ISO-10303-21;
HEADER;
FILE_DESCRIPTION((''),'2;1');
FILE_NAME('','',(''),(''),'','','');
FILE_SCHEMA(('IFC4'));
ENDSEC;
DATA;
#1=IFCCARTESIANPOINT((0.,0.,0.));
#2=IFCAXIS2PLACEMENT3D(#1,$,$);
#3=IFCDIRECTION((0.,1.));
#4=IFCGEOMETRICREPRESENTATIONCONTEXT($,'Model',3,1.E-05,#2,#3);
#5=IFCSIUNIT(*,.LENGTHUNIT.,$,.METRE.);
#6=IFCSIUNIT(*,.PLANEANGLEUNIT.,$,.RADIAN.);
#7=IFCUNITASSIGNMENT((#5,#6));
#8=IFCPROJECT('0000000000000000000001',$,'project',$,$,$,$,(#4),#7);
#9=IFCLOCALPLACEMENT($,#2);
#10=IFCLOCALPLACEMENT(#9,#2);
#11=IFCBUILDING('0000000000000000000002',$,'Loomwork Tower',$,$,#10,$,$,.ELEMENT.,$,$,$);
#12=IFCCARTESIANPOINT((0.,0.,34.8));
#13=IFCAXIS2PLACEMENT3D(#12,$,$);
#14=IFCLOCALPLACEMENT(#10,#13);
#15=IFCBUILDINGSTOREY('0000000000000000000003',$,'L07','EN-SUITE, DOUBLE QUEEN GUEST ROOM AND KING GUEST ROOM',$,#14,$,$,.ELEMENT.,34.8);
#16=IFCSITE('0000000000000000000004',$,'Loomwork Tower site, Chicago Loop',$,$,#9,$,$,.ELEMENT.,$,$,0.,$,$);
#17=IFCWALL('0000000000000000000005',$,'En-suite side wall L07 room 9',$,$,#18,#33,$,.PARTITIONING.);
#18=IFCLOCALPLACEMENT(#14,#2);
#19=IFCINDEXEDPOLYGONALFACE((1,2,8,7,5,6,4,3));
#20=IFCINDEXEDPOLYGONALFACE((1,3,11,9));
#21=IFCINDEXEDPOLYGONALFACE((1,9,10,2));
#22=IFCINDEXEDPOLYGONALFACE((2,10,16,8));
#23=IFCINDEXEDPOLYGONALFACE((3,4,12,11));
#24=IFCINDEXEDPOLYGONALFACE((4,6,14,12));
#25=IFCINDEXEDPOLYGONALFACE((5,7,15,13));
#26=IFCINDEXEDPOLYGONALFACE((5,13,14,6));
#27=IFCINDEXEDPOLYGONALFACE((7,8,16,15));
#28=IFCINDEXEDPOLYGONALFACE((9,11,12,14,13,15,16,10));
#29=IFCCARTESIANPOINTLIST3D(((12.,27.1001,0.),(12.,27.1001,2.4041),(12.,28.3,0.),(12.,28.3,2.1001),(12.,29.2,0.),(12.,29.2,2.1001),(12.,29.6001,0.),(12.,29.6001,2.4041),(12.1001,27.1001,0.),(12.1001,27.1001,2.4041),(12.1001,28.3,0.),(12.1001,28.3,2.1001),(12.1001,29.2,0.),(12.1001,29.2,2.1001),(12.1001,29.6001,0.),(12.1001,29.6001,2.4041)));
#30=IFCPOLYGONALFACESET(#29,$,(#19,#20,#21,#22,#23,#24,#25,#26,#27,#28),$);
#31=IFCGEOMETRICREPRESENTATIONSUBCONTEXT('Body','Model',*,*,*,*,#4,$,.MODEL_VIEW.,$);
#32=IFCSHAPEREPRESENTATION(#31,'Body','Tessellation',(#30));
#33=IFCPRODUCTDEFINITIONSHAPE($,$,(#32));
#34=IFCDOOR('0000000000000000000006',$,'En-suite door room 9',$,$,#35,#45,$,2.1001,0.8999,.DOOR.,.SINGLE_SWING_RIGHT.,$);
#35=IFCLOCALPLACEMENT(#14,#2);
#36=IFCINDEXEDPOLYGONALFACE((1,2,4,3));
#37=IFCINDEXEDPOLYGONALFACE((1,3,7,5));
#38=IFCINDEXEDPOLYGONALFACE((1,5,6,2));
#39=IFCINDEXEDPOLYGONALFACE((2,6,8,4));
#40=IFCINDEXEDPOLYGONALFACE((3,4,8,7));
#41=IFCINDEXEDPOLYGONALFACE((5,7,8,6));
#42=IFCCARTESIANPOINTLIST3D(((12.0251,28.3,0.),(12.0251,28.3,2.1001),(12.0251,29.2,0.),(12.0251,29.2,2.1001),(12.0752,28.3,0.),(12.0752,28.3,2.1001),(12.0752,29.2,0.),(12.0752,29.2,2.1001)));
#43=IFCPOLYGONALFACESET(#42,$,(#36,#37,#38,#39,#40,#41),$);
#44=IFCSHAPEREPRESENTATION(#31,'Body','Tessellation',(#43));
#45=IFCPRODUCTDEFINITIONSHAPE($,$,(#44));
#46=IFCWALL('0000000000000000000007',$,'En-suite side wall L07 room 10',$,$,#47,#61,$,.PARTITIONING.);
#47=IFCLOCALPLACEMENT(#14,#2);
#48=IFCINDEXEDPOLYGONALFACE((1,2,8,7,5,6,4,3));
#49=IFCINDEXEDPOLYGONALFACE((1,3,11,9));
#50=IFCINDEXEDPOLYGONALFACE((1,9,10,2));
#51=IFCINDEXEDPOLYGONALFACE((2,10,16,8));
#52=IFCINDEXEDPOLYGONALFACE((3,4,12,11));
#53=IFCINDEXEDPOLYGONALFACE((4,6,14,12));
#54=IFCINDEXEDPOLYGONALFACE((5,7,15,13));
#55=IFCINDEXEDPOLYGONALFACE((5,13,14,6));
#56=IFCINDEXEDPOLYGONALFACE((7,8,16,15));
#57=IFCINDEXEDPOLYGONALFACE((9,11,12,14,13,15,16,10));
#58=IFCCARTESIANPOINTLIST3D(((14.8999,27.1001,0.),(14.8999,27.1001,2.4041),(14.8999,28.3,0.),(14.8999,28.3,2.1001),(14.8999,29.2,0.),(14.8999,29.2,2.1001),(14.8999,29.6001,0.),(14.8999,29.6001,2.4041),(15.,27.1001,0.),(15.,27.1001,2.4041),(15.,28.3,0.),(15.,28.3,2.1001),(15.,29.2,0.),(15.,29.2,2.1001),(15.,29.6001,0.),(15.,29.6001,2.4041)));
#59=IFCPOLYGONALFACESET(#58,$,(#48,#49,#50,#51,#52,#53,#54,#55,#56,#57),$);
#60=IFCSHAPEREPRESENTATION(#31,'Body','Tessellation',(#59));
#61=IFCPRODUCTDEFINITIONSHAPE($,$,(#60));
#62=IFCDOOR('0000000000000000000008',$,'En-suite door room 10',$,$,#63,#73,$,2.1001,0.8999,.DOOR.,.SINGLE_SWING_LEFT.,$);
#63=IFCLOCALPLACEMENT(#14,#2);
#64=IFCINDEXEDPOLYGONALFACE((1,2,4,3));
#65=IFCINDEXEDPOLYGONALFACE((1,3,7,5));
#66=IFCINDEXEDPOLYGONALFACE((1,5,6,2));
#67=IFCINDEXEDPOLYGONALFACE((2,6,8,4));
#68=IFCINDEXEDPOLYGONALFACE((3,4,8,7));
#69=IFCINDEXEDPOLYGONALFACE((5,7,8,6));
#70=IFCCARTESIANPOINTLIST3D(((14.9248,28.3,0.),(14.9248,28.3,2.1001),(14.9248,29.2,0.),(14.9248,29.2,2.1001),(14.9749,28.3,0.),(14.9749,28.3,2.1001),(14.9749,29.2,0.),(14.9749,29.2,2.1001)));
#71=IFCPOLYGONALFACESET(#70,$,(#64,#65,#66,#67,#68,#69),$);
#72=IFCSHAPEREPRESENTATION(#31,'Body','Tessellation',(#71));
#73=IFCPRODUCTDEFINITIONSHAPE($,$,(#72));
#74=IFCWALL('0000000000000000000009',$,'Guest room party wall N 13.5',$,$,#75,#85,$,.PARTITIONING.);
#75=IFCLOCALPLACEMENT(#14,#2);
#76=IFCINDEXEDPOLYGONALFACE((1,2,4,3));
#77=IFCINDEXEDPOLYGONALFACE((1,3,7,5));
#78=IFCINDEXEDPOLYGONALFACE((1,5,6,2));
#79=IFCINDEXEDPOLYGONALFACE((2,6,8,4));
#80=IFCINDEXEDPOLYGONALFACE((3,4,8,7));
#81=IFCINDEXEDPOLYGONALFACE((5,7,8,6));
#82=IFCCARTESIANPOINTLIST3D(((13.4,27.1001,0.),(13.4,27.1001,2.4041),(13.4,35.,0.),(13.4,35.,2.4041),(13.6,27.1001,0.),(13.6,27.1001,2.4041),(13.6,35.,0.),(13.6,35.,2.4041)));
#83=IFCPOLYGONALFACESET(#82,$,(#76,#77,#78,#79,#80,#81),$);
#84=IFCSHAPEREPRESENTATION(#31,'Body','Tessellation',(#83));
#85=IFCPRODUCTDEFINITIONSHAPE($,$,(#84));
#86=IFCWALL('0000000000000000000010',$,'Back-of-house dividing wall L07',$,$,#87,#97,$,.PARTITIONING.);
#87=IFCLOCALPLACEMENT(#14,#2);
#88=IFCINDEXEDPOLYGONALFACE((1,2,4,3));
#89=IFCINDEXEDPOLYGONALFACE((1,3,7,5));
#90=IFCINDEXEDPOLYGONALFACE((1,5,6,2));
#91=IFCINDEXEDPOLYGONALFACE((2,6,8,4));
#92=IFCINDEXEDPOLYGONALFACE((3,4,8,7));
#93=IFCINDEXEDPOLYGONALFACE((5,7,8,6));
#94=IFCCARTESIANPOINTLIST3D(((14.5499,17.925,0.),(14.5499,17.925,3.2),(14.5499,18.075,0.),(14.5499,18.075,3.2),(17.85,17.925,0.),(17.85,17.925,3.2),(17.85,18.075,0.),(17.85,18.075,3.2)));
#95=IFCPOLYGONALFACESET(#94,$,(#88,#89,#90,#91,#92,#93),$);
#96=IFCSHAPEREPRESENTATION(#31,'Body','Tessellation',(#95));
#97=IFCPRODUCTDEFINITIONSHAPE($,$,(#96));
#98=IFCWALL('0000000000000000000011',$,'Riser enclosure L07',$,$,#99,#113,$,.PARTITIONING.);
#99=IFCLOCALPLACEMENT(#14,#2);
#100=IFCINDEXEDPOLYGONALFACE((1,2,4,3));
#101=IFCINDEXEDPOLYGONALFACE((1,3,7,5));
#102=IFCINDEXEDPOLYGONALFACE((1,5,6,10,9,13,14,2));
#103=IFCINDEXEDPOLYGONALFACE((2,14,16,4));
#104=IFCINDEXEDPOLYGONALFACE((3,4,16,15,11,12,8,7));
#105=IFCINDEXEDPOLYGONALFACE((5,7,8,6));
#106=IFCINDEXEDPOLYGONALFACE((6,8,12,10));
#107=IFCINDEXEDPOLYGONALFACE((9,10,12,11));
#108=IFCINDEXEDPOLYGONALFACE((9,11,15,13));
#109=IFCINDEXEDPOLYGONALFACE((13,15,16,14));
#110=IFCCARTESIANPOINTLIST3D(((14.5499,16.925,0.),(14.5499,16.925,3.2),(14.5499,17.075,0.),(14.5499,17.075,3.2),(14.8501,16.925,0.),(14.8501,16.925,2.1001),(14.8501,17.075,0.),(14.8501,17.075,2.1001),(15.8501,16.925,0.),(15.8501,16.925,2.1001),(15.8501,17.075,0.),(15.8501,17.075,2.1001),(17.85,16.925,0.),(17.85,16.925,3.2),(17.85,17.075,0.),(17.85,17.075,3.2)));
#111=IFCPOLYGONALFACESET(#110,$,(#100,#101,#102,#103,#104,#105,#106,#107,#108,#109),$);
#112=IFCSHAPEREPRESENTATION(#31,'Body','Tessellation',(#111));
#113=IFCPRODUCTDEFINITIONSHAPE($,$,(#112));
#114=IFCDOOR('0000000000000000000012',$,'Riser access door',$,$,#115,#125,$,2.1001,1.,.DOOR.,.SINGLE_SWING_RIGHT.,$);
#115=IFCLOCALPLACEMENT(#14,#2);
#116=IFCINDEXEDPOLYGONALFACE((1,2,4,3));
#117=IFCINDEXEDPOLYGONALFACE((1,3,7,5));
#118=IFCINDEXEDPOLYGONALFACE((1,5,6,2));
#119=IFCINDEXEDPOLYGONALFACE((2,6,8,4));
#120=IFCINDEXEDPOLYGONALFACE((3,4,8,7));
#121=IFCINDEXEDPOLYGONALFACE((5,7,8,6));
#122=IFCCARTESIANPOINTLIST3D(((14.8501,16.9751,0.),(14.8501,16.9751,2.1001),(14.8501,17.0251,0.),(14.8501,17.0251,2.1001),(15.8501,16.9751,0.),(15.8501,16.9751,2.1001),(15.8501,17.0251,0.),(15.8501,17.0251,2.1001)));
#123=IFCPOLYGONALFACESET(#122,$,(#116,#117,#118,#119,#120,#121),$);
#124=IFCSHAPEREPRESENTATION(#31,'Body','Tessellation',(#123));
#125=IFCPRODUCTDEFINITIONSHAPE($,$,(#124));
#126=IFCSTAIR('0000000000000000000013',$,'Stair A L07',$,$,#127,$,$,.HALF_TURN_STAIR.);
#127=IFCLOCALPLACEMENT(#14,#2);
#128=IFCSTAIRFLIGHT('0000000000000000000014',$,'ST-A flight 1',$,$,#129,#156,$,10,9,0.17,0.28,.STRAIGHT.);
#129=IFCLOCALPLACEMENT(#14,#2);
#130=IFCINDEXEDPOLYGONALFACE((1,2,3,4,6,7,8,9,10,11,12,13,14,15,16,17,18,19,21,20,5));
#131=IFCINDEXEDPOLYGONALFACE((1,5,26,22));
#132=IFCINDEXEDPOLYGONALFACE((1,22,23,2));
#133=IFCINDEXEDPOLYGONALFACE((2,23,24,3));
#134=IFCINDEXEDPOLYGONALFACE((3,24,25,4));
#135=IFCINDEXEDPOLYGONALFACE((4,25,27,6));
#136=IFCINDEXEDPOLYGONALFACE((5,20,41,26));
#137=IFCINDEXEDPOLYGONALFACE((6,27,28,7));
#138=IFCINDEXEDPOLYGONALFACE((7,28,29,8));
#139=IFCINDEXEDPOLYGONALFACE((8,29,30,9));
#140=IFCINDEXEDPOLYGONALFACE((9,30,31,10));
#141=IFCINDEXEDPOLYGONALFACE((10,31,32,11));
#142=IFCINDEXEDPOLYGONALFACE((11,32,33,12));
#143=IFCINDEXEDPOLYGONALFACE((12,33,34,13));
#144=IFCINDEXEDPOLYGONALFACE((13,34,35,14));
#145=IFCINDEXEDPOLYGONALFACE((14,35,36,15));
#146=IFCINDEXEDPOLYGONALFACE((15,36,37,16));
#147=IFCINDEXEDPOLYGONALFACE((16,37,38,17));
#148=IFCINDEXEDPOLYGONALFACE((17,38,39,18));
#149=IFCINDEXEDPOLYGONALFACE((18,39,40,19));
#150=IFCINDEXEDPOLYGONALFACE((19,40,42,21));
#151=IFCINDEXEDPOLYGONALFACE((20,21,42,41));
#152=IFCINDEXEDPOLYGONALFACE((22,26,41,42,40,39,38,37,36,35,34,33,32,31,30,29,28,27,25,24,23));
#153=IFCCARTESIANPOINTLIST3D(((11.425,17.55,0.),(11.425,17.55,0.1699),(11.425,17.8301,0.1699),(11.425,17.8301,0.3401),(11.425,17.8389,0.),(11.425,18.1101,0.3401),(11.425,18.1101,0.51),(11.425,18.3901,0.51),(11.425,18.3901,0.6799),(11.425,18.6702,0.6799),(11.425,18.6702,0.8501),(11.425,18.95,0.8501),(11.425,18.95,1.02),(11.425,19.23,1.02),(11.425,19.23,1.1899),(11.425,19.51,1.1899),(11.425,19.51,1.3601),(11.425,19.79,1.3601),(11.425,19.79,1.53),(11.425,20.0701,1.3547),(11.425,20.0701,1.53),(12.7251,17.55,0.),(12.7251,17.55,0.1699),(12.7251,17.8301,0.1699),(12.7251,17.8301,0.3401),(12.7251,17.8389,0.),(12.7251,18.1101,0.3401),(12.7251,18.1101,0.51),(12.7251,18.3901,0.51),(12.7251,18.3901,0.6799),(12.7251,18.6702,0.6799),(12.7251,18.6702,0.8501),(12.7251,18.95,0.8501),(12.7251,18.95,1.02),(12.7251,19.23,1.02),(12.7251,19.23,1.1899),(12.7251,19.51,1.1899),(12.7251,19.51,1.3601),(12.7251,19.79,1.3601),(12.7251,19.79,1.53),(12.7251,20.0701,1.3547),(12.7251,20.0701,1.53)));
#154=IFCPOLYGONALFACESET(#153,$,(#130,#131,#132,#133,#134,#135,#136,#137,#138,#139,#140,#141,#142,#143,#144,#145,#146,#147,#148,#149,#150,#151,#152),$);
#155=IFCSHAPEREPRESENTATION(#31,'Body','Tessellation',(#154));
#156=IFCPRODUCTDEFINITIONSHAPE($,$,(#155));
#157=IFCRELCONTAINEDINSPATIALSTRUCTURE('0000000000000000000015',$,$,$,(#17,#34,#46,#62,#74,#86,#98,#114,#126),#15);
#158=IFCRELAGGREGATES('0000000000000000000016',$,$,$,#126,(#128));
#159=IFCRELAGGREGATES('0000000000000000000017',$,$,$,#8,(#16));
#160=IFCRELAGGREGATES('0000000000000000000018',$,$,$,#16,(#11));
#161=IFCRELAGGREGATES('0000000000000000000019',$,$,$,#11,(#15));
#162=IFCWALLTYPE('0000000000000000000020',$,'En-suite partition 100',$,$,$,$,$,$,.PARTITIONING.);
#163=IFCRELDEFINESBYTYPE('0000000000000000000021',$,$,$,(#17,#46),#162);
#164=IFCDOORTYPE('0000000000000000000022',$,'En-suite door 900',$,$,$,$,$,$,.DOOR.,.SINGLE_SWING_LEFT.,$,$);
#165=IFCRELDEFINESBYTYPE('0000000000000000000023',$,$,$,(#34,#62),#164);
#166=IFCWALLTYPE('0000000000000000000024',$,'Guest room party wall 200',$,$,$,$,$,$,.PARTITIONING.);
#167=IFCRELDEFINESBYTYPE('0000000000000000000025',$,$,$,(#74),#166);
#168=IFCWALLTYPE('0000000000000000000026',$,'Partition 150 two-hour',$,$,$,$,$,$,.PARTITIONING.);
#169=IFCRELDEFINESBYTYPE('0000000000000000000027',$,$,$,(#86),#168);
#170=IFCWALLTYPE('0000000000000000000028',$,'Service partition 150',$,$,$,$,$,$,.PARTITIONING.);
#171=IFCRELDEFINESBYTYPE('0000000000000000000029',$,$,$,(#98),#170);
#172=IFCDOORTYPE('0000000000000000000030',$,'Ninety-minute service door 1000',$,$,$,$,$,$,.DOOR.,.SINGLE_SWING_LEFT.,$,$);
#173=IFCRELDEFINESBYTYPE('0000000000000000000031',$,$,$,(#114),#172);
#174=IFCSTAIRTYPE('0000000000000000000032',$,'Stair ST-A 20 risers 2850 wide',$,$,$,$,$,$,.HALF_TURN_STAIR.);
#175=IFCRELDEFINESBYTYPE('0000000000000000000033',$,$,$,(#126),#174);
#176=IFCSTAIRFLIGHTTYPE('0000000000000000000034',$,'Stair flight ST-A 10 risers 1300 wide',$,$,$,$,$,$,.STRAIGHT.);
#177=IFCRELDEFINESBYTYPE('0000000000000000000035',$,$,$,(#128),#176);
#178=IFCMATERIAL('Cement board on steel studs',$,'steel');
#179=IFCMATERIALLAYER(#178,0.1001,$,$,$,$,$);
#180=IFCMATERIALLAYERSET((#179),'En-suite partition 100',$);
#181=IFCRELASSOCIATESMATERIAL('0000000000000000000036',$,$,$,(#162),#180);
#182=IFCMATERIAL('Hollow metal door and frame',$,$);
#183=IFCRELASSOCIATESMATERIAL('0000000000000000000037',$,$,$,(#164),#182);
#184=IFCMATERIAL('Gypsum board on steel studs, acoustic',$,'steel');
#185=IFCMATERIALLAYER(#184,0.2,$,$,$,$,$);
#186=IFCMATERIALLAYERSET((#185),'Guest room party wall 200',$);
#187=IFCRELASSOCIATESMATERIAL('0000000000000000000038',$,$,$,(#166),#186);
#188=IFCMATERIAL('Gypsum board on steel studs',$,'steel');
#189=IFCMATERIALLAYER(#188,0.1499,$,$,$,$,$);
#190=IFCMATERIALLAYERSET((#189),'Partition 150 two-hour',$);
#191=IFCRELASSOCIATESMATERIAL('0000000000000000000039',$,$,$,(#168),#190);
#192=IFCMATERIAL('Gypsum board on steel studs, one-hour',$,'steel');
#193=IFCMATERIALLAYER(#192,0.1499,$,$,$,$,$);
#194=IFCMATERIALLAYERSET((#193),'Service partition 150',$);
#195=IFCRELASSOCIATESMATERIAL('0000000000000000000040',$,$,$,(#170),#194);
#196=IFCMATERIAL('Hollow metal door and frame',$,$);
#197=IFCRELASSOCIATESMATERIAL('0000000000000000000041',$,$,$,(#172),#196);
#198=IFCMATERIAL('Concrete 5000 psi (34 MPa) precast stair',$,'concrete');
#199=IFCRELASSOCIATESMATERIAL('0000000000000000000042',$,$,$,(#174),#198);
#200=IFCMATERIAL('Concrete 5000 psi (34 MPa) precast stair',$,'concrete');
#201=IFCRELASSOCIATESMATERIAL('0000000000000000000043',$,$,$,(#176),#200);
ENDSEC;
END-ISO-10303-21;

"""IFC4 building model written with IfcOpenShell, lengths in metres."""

from ifc_helpers import new_model, si_unit, direction, frame, frame_2d, origin, place, context, subcontext, project, spatial, polyline, rectangle, outline, extrude, material, layer, layer_set, type_object, element, fill, aggregate, save


model = new_model("IFC4")

# Units and contexts
model_context = context("Model", 3, precision=1e-05, world=origin(), true_north=direction((0.0, 1.0)))
body_context = subcontext(model_context, "Body", "Model", "MODEL_VIEW")
ifc_project = project(units=[si_unit("LENGTHUNIT", "METRE"), si_unit("PLANEANGLEUNIT", "RADIAN")], contexts=[model_context])

# Site, building, storey
site_placement = place(None, origin())
site = spatial("IfcSite", under=ifc_project, at=site_placement, Name="Loomwork Tower site, Chicago Loop", CompositionType="ELEMENT", RefElevation=0.0)
building_placement = place(site_placement, origin())
building = spatial("IfcBuilding", under=site, at=building_placement, Name="Loomwork Tower", CompositionType="ELEMENT")
storey_placement = place(building_placement, frame((0.0, 0.0, 34.8)))
storey = spatial("IfcBuildingStorey", under=building, at=storey_placement, Name="L07", Description="EN-SUITE, DOUBLE QUEEN GUEST ROOM AND KING GUEST ROOM", CompositionType="ELEMENT", Elevation=34.8)

# Shared definitions
ifc_material_1 = material(Name="Cement board on steel studs", Category="steel")
ifc_layer_1 = layer(ifc_material_1, 0.1001)
ifc_layer_set_1 = layer_set([ifc_layer_1], Name="En-suite partition 100")
wall_type_1 = type_object("IfcWallType", Name="En-suite partition 100", PredefinedType="PARTITIONING", material=ifc_layer_set_1)

# Walls, openings, doors
wall_1_placement = place(storey_placement, frame((12.05, 27.1001, 0.0), z_axis=(0.0, 0.0, 1.0), x_axis=(0.0, 1.0, 0.0)))
wall_1 = element("IfcWall", 1, at=wall_1_placement, inside=storey, type_object=wall_type_1, Name="En-suite side wall L07 room 9", PredefinedType="PARTITIONING", context=body_context, shape_type="SweptSolid", body=[
    extrude(rectangle(XDim=2.5, YDim=0.1001, at=frame_2d((1.25, 0.0))), origin(), (0.0, 0.0, 1.0), 2.4041),
])
opening_1_placement = place(wall_1_placement, frame((1.2, 0.0, 0.0)))
opening_1 = element("IfcOpeningElement", 2, at=opening_1_placement, cuts=wall_1, PredefinedType="OPENING", context=body_context, shape_type="SweptSolid", body=[
    extrude(rectangle(XDim=0.8999, YDim=2.1001, at=frame_2d((0.45, 1.05))), frame((0.0, 0.0601, 0.0), z_axis=(0.0, -1.0, 0.0), x_axis=(1.0, 0.0, 0.0)), (0.0, 0.0, 1.0), 0.1201),
])
ifc_material_2 = material(Name="Hollow metal door and frame")
door_type_1 = type_object("IfcDoorType", Name="En-suite door 900", OperationType="SINGLE_SWING_LEFT", PredefinedType="DOOR", material=ifc_material_2)
door_1_placement = place(opening_1_placement, origin())
door_1 = element("IfcDoor", 3, at=door_1_placement, inside=storey, type_object=door_type_1, Name="En-suite door room 9", OperationType="SINGLE_SWING_RIGHT", OverallHeight=2.1001, OverallWidth=0.8999, PredefinedType="DOOR", context=body_context, shape_type="SweptSolid", body=[
    extrude(rectangle(XDim=0.8999, YDim=2.1001, at=frame_2d((0.45, 1.05))), frame((0.0, 0.0249, 0.0), z_axis=(0.0, -1.0, 0.0), x_axis=(1.0, 0.0, 0.0)), (0.0, 0.0, 1.0), 0.05),
])
fill(opening_1, door_1)
wall_2_placement = place(storey_placement, frame((14.95, 27.1001, 0.0), z_axis=(0.0, 0.0, 1.0), x_axis=(0.0, 1.0, 0.0)))
wall_2 = element("IfcWall", 4, at=wall_2_placement, inside=storey, type_object=wall_type_1, Name="En-suite side wall L07 room 10", PredefinedType="PARTITIONING", context=body_context, shape_type="SweptSolid", body=[
    extrude(rectangle(XDim=2.5, YDim=0.1001, at=frame_2d((1.25, 0.0))), origin(), (0.0, 0.0, 1.0), 2.4041),
])
opening_2_placement = place(wall_2_placement, frame((1.2, 0.0, 0.0)))
opening_2 = element("IfcOpeningElement", 5, at=opening_2_placement, cuts=wall_2, PredefinedType="OPENING", context=body_context, shape_type="SweptSolid", body=[
    extrude(rectangle(XDim=0.8999, YDim=2.1001, at=frame_2d((0.45, 1.05))), frame((0.0, 0.0601, 0.0), z_axis=(0.0, -1.0, 0.0), x_axis=(1.0, 0.0, 0.0)), (0.0, 0.0, 1.0), 0.1201),
])
door_2_placement = place(opening_2_placement, frame((0.8999, 0.0, 0.0), z_axis=(0.0, 0.0, 1.0), x_axis=(-1.0, 0.0, 0.0)))
door_2 = element("IfcDoor", 6, at=door_2_placement, inside=storey, type_object=door_type_1, Name="En-suite door room 10", OperationType="SINGLE_SWING_LEFT", OverallHeight=2.1001, OverallWidth=0.8999, PredefinedType="DOOR", context=body_context, shape_type="SweptSolid", body=[
    extrude(rectangle(XDim=0.8999, YDim=2.1001, at=frame_2d((0.45, 1.05))), frame((0.0, 0.0249, 0.0), z_axis=(0.0, -1.0, 0.0), x_axis=(1.0, 0.0, 0.0)), (0.0, 0.0, 1.0), 0.05),
])
fill(opening_2, door_2)

# Walls
ifc_material_3 = material(Name="Gypsum board on steel studs, acoustic", Category="steel")
ifc_layer_2 = layer(ifc_material_3, 0.2)
ifc_layer_set_2 = layer_set([ifc_layer_2], Name="Guest room party wall 200")
wall_type_2 = type_object("IfcWallType", Name="Guest room party wall 200", PredefinedType="PARTITIONING", material=ifc_layer_set_2)
wall_3_placement = place(storey_placement, frame((13.5, 27.1001, 0.0), z_axis=(0.0, 0.0, 1.0), x_axis=(0.0, 1.0, 0.0)))
element("IfcWall", 7, at=wall_3_placement, inside=storey, type_object=wall_type_2, Name="Guest room party wall N 13.5", PredefinedType="PARTITIONING", context=body_context, shape_type="SweptSolid", body=[
    extrude(rectangle(XDim=7.8999, YDim=0.2, at=frame_2d((3.95, 0.0))), origin(), (0.0, 0.0, 1.0), 2.4041),
])
ifc_material_4 = material(Name="Gypsum board on steel studs", Category="steel")
ifc_layer_3 = layer(ifc_material_4, 0.1499)
ifc_layer_set_3 = layer_set([ifc_layer_3], Name="Partition 150 two-hour")
wall_type_3 = type_object("IfcWallType", Name="Partition 150 two-hour", PredefinedType="PARTITIONING", material=ifc_layer_set_3)
wall_4_placement = place(storey_placement, frame((14.55, 18.0, 0.0), z_axis=(0.0, 0.0, 1.0), x_axis=(1.0, 0.0, 0.0)))
element("IfcWall", 8, at=wall_4_placement, inside=storey, type_object=wall_type_3, Name="Back-of-house dividing wall L07", PredefinedType="PARTITIONING", context=body_context, shape_type="SweptSolid", body=[
    extrude(rectangle(XDim=3.3, YDim=0.1499, at=frame_2d((1.6499, 0.0))), origin(), (0.0, 0.0, 1.0), 3.2),
])

# Wall, opening, door
ifc_material_5 = material(Name="Gypsum board on steel studs, one-hour", Category="steel")
ifc_layer_4 = layer(ifc_material_5, 0.1499)
ifc_layer_set_4 = layer_set([ifc_layer_4], Name="Service partition 150")
wall_type_4 = type_object("IfcWallType", Name="Service partition 150", PredefinedType="PARTITIONING", material=ifc_layer_set_4)
wall_5_placement = place(storey_placement, frame((14.55, 17.0, 0.0), z_axis=(0.0, 0.0, 1.0), x_axis=(1.0, 0.0, 0.0)))
wall_5 = element("IfcWall", 9, at=wall_5_placement, inside=storey, type_object=wall_type_4, Name="Riser enclosure L07", PredefinedType="PARTITIONING", context=body_context, shape_type="SweptSolid", body=[
    extrude(rectangle(XDim=3.3, YDim=0.1499, at=frame_2d((1.6499, 0.0))), origin(), (0.0, 0.0, 1.0), 3.2),
])
opening_3_placement = place(wall_5_placement, frame((0.3, 0.0, 0.0)))
opening_3 = element("IfcOpeningElement", 10, at=opening_3_placement, cuts=wall_5, PredefinedType="OPENING", context=body_context, shape_type="SweptSolid", body=[
    extrude(rectangle(XDim=1.0, YDim=2.1001, at=frame_2d((0.5, 1.05))), frame((0.0, 0.085, 0.0), z_axis=(0.0, -1.0, 0.0), x_axis=(1.0, 0.0, 0.0)), (0.0, 0.0, 1.0), 0.1699),
])
ifc_material_6 = material(Name="Hollow metal door and frame")
door_type_2 = type_object("IfcDoorType", Name="Ninety-minute service door 1000", OperationType="SINGLE_SWING_LEFT", PredefinedType="DOOR", material=ifc_material_6)
door_3_placement = place(opening_3_placement, frame((1.0, 0.0, 0.0), z_axis=(0.0, 0.0, 1.0), x_axis=(-1.0, 0.0, 0.0)))
door_3 = element("IfcDoor", 11, at=door_3_placement, inside=storey, type_object=door_type_2, Name="Riser access door", OperationType="SINGLE_SWING_RIGHT", OverallHeight=2.1001, OverallWidth=1.0, PredefinedType="DOOR", context=body_context, shape_type="SweptSolid", body=[
    extrude(rectangle(XDim=1.0, YDim=2.1001, at=frame_2d((0.5, 1.05))), frame((0.0, 0.0249, 0.0), z_axis=(0.0, -1.0, 0.0), x_axis=(1.0, 0.0, 0.0)), (0.0, 0.0, 1.0), 0.05),
])
fill(opening_3, door_3)

# Stair, stair flight
ifc_material_7 = material(Name="Concrete 5000 psi (34 MPa) precast stair", Category="concrete")
stair_type = type_object("IfcStairType", Name="Stair ST-A 20 risers 2850 wide", PredefinedType="HALF_TURN_STAIR", material=ifc_material_7)
stair_placement = place(storey_placement, origin())
stair = element("IfcStair", 12, at=stair_placement, inside=storey, type_object=stair_type, Name="Stair A L07", PredefinedType="HALF_TURN_STAIR")
ifc_material_8 = material(Name="Concrete 5000 psi (34 MPa) precast stair", Category="concrete")
stair_flight_type = type_object("IfcStairFlightType", Name="Stair flight ST-A 10 risers 1300 wide", PredefinedType="STRAIGHT", material=ifc_material_8)
stair_flight_1_placement = place(storey_placement, frame((12.075, 17.55, 0.0), z_axis=(0.0, 0.0, 1.0), x_axis=(0.0, 1.0, 0.0)))
stair_flight_1 = element("IfcStairFlight", 13, at=stair_flight_1_placement, type_object=stair_flight_type, Name="ST-A flight 1", NumberOfRisers=10, NumberOfTreads=9, PredefinedType="STRAIGHT", RiserHeight=0.17, TreadLength=0.28, context=body_context, shape_type="SweptSolid", body=[
    extrude(outline(polyline([(0.0, 0.0), (0.0, 0.1699), (0.28, 0.1699), (0.28, 0.3401), (0.5601, 0.3401), (0.5601, 0.51), (0.8401, 0.51), (0.8401, 0.6799), (1.1201, 0.6799), (1.1201, 0.8501), (1.3999, 0.8501), (1.3999, 1.02), (1.6799, 1.02), (1.6799, 1.1899), (1.96, 1.1899), (1.96, 1.3601), (2.24, 1.3601), (2.24, 1.53), (2.52, 1.53), (2.52, 1.7), (2.52, 1.3547), (0.2888, 0.0), (0.0, 0.0)])), frame((0.0, 0.6499, 0.0), z_axis=(0.0, -1.0, 0.0), x_axis=(1.0, 0.0, 0.0)), (0.0, 0.0, 1.0), 1.3),
])
aggregate(stair, [stair_flight_1])

save(model, "model.ifc")
